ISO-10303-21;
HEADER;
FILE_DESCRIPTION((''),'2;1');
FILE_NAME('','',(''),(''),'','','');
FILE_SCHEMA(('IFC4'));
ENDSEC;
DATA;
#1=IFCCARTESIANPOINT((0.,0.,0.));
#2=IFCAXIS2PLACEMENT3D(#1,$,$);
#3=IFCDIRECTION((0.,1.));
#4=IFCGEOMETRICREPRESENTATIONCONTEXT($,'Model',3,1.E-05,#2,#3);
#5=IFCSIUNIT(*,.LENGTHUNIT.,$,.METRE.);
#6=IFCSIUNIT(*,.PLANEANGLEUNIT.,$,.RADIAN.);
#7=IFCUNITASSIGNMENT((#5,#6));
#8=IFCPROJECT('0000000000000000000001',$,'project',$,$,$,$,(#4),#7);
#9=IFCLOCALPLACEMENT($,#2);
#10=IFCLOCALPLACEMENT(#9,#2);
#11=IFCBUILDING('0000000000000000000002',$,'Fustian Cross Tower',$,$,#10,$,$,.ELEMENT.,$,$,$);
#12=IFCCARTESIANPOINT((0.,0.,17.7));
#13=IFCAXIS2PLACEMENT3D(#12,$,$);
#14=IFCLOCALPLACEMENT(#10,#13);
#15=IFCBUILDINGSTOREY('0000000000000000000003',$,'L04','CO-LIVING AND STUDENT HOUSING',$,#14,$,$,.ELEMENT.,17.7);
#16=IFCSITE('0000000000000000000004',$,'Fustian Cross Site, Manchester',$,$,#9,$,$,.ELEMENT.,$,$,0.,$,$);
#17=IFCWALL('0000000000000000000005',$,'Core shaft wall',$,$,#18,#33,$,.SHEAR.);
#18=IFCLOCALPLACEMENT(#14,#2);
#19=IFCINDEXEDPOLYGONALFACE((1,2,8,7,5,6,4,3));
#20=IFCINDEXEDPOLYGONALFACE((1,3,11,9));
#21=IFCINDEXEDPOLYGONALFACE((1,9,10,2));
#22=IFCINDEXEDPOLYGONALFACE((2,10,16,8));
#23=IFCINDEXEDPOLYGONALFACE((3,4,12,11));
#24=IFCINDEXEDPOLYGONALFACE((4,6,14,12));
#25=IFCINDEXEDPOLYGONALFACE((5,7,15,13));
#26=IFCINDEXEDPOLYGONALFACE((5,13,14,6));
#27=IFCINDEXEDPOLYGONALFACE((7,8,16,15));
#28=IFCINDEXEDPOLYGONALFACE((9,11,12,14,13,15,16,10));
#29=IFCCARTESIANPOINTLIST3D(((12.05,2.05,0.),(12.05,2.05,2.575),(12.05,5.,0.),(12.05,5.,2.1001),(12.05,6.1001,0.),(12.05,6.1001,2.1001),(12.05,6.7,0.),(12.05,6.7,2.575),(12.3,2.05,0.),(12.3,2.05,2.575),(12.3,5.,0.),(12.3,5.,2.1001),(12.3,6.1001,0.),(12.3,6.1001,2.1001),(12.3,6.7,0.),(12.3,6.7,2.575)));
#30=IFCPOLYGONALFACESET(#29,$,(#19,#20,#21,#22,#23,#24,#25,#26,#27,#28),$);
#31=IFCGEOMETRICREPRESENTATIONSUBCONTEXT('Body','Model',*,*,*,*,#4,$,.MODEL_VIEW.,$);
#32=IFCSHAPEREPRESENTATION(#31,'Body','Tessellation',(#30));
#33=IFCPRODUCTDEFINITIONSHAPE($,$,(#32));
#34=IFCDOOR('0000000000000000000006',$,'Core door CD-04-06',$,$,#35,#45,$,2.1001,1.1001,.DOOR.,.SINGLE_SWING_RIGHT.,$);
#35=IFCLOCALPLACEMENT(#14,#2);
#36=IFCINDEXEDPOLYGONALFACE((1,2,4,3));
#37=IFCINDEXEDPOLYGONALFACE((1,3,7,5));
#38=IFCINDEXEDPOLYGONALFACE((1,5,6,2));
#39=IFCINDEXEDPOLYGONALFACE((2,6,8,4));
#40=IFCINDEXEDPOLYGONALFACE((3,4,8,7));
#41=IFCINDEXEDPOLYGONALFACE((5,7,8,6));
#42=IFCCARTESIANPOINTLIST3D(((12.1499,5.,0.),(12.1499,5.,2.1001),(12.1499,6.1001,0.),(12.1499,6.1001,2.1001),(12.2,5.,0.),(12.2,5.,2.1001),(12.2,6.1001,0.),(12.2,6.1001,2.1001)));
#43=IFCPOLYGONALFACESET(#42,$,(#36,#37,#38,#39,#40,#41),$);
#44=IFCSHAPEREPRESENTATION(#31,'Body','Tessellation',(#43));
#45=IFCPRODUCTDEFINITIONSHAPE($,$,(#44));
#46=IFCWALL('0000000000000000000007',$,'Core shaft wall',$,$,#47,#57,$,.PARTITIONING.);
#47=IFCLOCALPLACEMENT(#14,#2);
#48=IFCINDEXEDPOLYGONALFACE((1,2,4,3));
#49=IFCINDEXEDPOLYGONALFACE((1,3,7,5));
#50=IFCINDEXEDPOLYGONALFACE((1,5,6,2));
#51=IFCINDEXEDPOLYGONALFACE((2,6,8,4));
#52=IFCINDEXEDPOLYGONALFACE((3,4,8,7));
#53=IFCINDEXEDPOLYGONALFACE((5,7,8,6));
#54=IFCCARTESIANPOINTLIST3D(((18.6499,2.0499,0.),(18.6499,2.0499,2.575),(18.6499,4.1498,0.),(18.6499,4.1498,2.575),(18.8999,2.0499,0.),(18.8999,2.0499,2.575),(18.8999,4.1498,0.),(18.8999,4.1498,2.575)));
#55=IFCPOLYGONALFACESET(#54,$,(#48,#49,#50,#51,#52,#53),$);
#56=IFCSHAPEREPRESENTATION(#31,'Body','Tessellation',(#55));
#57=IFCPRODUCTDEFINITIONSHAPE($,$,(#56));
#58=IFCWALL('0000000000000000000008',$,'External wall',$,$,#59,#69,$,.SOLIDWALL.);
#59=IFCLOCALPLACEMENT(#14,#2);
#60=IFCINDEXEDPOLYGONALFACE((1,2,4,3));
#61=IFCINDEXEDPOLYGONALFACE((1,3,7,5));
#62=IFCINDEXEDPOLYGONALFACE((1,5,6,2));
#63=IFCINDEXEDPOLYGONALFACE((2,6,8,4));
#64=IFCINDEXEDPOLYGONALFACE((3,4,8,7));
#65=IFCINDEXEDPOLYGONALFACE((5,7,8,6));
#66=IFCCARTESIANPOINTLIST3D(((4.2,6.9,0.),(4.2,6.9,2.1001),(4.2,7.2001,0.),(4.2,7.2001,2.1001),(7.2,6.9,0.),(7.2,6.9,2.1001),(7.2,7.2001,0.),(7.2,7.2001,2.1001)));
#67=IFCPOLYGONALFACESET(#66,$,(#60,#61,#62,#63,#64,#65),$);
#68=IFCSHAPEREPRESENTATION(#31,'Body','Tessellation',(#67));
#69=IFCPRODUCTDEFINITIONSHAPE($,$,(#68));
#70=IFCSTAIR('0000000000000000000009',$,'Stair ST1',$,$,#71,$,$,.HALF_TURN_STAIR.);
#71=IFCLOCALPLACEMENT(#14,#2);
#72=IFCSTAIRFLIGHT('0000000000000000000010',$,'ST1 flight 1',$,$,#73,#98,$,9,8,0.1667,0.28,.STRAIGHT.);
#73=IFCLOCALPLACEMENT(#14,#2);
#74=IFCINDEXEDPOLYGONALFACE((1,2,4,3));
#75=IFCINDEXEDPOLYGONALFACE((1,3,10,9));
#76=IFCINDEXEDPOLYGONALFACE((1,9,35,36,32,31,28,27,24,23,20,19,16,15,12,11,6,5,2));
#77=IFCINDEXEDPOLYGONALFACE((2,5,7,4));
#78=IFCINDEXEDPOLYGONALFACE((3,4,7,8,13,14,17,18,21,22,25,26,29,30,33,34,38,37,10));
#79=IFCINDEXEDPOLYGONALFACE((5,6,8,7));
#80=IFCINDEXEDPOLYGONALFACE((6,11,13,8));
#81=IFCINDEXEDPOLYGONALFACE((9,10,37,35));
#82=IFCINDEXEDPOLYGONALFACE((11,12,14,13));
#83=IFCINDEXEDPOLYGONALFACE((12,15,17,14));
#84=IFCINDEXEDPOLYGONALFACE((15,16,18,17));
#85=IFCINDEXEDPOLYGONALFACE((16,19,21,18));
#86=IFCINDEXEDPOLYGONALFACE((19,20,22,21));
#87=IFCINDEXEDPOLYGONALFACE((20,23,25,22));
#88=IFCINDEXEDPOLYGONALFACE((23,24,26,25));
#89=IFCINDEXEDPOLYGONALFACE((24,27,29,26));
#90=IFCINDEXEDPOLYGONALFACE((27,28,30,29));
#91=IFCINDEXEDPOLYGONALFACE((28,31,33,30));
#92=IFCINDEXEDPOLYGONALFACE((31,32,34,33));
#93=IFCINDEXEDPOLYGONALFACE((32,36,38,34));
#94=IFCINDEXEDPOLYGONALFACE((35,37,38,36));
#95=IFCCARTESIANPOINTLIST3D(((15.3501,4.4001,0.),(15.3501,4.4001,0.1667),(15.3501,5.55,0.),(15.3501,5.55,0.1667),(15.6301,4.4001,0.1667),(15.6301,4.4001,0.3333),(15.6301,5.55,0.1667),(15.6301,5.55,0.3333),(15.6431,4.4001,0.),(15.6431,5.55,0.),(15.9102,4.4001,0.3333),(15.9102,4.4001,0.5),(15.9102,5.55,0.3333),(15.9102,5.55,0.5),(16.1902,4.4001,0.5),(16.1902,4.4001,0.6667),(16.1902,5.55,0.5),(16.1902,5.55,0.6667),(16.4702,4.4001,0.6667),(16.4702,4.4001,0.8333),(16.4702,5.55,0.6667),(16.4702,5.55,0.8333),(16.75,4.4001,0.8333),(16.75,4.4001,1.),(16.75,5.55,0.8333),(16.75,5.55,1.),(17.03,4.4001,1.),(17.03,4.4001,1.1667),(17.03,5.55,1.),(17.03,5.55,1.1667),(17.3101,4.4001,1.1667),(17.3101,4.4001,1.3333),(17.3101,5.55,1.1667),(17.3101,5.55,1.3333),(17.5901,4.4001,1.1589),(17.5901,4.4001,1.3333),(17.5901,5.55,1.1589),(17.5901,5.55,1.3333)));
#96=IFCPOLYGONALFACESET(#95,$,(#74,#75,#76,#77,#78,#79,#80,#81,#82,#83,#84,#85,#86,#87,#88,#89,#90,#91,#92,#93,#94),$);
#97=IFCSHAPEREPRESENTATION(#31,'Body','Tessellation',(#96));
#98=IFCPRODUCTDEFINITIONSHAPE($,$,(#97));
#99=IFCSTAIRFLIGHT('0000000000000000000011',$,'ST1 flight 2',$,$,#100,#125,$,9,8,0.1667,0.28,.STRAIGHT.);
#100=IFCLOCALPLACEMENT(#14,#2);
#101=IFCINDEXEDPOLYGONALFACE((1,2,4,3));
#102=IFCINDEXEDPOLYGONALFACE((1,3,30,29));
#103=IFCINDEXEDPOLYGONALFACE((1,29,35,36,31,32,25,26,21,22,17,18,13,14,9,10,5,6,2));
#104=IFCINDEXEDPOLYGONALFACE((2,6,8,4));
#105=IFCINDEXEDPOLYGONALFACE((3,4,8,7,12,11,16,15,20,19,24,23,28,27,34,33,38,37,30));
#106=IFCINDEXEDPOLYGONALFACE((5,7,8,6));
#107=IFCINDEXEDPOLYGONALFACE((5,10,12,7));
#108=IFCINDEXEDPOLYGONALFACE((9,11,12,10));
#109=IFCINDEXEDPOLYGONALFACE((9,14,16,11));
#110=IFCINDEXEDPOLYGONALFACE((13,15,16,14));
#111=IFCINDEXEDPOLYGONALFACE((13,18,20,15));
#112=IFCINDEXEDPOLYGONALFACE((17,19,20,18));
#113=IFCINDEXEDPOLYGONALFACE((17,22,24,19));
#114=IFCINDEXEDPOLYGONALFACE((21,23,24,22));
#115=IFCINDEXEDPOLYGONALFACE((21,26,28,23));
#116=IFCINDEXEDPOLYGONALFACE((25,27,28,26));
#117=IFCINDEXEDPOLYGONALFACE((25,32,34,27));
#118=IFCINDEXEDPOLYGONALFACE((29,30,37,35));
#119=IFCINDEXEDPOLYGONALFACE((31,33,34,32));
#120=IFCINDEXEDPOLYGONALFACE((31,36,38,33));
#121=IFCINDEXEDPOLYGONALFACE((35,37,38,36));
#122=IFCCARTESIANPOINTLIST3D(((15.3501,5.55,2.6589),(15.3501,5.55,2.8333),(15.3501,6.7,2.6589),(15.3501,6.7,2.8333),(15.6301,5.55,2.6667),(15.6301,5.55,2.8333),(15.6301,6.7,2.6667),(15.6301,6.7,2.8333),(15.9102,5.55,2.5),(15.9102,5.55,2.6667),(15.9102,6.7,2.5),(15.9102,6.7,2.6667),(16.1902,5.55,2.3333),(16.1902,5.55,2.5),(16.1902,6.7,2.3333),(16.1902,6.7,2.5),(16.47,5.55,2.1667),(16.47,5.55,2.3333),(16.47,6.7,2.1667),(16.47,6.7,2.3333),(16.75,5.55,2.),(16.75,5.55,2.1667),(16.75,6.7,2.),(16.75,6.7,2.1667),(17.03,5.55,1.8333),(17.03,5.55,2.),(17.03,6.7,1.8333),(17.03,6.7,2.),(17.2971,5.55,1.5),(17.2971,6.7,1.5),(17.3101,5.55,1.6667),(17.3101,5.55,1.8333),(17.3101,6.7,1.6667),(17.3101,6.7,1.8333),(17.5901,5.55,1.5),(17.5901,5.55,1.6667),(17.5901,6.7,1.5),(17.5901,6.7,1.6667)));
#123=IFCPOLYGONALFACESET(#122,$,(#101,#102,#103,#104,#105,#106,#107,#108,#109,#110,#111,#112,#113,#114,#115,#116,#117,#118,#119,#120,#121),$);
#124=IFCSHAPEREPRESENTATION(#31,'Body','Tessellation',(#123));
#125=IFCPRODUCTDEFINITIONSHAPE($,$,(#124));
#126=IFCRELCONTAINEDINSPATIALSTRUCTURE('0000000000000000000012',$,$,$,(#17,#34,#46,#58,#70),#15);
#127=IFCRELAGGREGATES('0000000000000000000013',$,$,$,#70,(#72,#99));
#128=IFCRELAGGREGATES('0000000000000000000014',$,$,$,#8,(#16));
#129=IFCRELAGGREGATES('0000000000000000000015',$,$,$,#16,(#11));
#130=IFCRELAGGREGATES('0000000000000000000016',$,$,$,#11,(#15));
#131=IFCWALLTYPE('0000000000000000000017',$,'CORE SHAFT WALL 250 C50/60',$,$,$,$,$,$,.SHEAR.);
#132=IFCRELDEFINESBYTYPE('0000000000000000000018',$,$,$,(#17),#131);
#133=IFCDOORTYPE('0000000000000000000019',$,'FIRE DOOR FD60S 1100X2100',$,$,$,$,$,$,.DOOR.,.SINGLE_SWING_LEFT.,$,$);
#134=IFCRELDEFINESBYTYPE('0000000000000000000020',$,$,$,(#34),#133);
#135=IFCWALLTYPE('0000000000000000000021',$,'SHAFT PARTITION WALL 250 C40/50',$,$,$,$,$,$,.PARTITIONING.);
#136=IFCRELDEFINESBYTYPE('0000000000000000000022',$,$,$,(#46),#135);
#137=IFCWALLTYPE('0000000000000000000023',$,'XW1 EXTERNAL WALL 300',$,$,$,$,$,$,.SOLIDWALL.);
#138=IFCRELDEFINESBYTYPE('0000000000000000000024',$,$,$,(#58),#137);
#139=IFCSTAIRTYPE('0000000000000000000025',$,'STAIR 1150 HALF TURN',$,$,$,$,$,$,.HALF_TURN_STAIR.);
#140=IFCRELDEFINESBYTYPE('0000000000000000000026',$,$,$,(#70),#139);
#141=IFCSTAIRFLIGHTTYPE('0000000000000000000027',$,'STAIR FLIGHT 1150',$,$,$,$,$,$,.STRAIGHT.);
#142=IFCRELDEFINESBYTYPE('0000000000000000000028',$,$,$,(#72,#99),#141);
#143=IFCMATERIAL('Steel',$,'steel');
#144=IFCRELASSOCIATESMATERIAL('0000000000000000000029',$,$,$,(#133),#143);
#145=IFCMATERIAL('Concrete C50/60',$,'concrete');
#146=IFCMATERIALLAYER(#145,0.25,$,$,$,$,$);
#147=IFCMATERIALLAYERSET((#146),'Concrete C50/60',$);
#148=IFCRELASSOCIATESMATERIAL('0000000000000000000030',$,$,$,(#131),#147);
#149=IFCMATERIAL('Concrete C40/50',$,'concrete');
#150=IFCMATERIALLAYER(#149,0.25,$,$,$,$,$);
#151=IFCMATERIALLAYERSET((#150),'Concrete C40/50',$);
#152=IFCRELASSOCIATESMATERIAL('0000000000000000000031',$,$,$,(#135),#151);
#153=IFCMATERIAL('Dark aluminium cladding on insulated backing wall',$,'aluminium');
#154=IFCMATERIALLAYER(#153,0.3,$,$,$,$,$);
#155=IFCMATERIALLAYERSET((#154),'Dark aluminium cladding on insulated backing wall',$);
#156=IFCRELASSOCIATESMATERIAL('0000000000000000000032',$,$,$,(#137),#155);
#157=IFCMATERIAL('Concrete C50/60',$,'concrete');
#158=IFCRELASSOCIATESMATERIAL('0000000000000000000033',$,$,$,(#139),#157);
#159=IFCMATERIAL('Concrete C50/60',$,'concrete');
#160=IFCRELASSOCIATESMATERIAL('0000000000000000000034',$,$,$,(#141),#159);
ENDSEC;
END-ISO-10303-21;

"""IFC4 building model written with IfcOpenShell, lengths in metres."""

from ifc_helpers import new_model, si_unit, direction, frame, frame_2d, origin, place, context, subcontext, project, spatial, polyline, rectangle, outline, extrude, material, layer, layer_set, type_object, element, fill, aggregate, save


model = new_model("IFC4")

# Units and contexts
model_context = context("Model", 3, precision=1e-05, world=origin(), true_north=direction((0.0, 1.0)))
body_context = subcontext(model_context, "Body", "Model", "MODEL_VIEW")
ifc_project = project(units=[si_unit("LENGTHUNIT", "METRE"), si_unit("PLANEANGLEUNIT", "RADIAN")], contexts=[model_context])

# Site, building, storey
site_placement = place(None, origin())
site = spatial("IfcSite", under=ifc_project, at=site_placement, Name="Fustian Cross Site, Manchester", CompositionType="ELEMENT", RefElevation=0.0)
building_placement = place(site_placement, origin())
building = spatial("IfcBuilding", under=site, at=building_placement, Name="Fustian Cross Tower", CompositionType="ELEMENT")
storey_placement = place(building_placement, frame((0.0, 0.0, 17.7)))
storey = spatial("IfcBuildingStorey", under=building, at=storey_placement, Name="L04", Description="CO-LIVING AND STUDENT HOUSING", CompositionType="ELEMENT", Elevation=17.7)

# Shared definitions
ifc_material_1 = material(Name="Steel", Category="steel")
door_type_1 = type_object("IfcDoorType", Name="FIRE DOOR FD60S 1100X2100", OperationType="SINGLE_SWING_LEFT", PredefinedType="DOOR", material=ifc_material_1)

# Shared definitions
ifc_material_2 = material(Name="Concrete C50/60", Category="concrete")
ifc_layer_1 = layer(ifc_material_2, 0.25)
ifc_layer_set_1 = layer_set([ifc_layer_1], Name="Concrete C50/60")
wall_type_1 = type_object("IfcWallType", Name="CORE SHAFT WALL 250 C50/60", PredefinedType="SHEAR", material=ifc_layer_set_1)

# Wall, opening, door
wall_1_placement = place(storey_placement, frame((12.175, 2.05, 0.0), z_axis=(0.0, 0.0, 1.0), x_axis=(0.0, 1.0, 0.0)))
wall_1 = element("IfcWall", 1, at=wall_1_placement, inside=storey, type_object=wall_type_1, Name="Core shaft wall", PredefinedType="SHEAR", context=body_context, shape_type="SweptSolid", body=[
    extrude(rectangle(XDim=4.6499, YDim=0.25, at=frame_2d((2.325, 0.0))), origin(), (0.0, 0.0, 1.0), 2.575),
])
opening_1_placement = place(wall_1_placement, frame((2.95, 0.0, 0.0)))
opening_1 = element("IfcOpeningElement", 2, at=opening_1_placement, cuts=wall_1, PredefinedType="OPENING", context=body_context, shape_type="SweptSolid", body=[
    extrude(rectangle(XDim=1.1001, YDim=2.1001, at=frame_2d((0.55, 1.05))), frame((0.0, 0.135, 0.0), z_axis=(0.0, -1.0, 0.0), x_axis=(1.0, 0.0, 0.0)), (0.0, 0.0, 1.0), 0.27),
])
door_1_placement = place(opening_1_placement, frame((1.1001, 0.0, 0.0), z_axis=(0.0, 0.0, 1.0), x_axis=(-1.0, 0.0, 0.0)))
door_1 = element("IfcDoor", 3, at=door_1_placement, inside=storey, type_object=door_type_1, Name="Core door CD-04-06", OperationType="SINGLE_SWING_RIGHT", OverallHeight=2.1001, OverallWidth=1.1001, PredefinedType="DOOR", context=body_context, shape_type="SweptSolid", body=[
    extrude(rectangle(XDim=1.1001, YDim=2.1001, at=frame_2d((0.55, 1.05))), frame((0.0, 0.0249, 0.0), z_axis=(0.0, -1.0, 0.0), x_axis=(1.0, 0.0, 0.0)), (0.0, 0.0, 1.0), 0.05),
])
fill(opening_1, door_1)

# Walls
ifc_material_3 = material(Name="Concrete C40/50", Category="concrete")
ifc_layer_2 = layer(ifc_material_3, 0.25)
ifc_layer_set_2 = layer_set([ifc_layer_2], Name="Concrete C40/50")
wall_type_2 = type_object("IfcWallType", Name="SHAFT PARTITION WALL 250 C40/50", PredefinedType="PARTITIONING", material=ifc_layer_set_2)
wall_2_placement = place(storey_placement, frame((18.7749, 2.05, 0.0), z_axis=(0.0, 0.0, 1.0), x_axis=(0.0, 1.0, 0.0)))
element("IfcWall", 4, at=wall_2_placement, inside=storey, type_object=wall_type_2, Name="Core shaft wall", PredefinedType="PARTITIONING", context=body_context, shape_type="SweptSolid", body=[
    extrude(rectangle(XDim=2.0999, YDim=0.25, at=frame_2d((1.0498, 0.0))), origin(), (0.0, 0.0, 1.0), 2.575),
])
ifc_material_4 = material(Name="Dark aluminium cladding on insulated backing wall", Category="aluminium")
ifc_layer_3 = layer(ifc_material_4, 0.3)
ifc_layer_set_3 = layer_set([ifc_layer_3], Name="Dark aluminium cladding on insulated backing wall")
wall_type_3 = type_object("IfcWallType", Name="XW1 EXTERNAL WALL 300", PredefinedType="SOLIDWALL", material=ifc_layer_set_3)
wall_3_placement = place(storey_placement, frame((7.2, 7.05, 0.0), z_axis=(0.0, 0.0, 1.0), x_axis=(-1.0, 0.0, 0.0)))
element("IfcWall", 5, at=wall_3_placement, inside=storey, type_object=wall_type_3, Name="External wall", PredefinedType="SOLIDWALL", context=body_context, shape_type="SweptSolid", body=[
    extrude(rectangle(XDim=3.0, YDim=0.3, at=frame_2d((1.5, 0.0))), origin(), (0.0, 0.0, 1.0), 2.1001),
])

# Stair, stair flights
ifc_material_5 = material(Name="Concrete C50/60", Category="concrete")
stair_type = type_object("IfcStairType", Name="STAIR 1150 HALF TURN", PredefinedType="HALF_TURN_STAIR", material=ifc_material_5)
stair_placement = place(storey_placement, origin())
stair = element("IfcStair", 6, at=stair_placement, inside=storey, type_object=stair_type, Name="Stair ST1", PredefinedType="HALF_TURN_STAIR")
ifc_material_6 = material(Name="Concrete C50/60", Category="concrete")
stair_flight_type = type_object("IfcStairFlightType", Name="STAIR FLIGHT 1150", PredefinedType="STRAIGHT", material=ifc_material_6)
stair_flight_1_placement = place(storey_placement, frame((15.3501, 4.9751, 0.0), z_axis=(0.0, 0.0, 1.0), x_axis=(1.0, 0.0, 0.0)))
stair_flight_1 = element("IfcStairFlight", 7, at=stair_flight_1_placement, type_object=stair_flight_type, Name="ST1 flight 1", NumberOfRisers=9, NumberOfTreads=8, PredefinedType="STRAIGHT", RiserHeight=0.1667, TreadLength=0.28, context=body_context, shape_type="SweptSolid", body=[
    extrude(outline(polyline([(0.0, 0.0), (0.0, 0.1667), (0.28, 0.1667), (0.28, 0.3333), (0.5601, 0.3333), (0.5601, 0.5), (0.8401, 0.5), (0.8401, 0.6667), (1.1201, 0.6667), (1.1201, 0.8333), (1.3999, 0.8333), (1.3999, 1.0), (1.6799, 1.0), (1.6799, 1.1667), (1.96, 1.1667), (1.96, 1.3333), (2.24, 1.3333), (2.24, 1.5), (2.24, 1.1589), (0.293, 0.0), (0.0, 0.0)])), frame((0.0, 0.575, 0.0), z_axis=(0.0, -1.0, 0.0), x_axis=(1.0, 0.0, 0.0)), (0.0, 0.0, 1.0), 1.1499),
])
stair_flight_2_placement = place(storey_placement, frame((17.5901, 6.125, 1.5), z_axis=(0.0, 0.0, 1.0), x_axis=(-1.0, 0.0, 0.0)))
stair_flight_2 = element("IfcStairFlight", 8, at=stair_flight_2_placement, type_object=stair_flight_type, Name="ST1 flight 2", NumberOfRisers=9, NumberOfTreads=8, PredefinedType="STRAIGHT", RiserHeight=0.1667, TreadLength=0.28, context=body_context, shape_type="SweptSolid", body=[
    extrude(outline(polyline([(0.0, 0.0), (0.0, 0.1667), (0.28, 0.1667), (0.28, 0.3333), (0.5601, 0.3333), (0.5601, 0.5), (0.8401, 0.5), (0.8401, 0.6667), (1.1201, 0.6667), (1.1201, 0.8333), (1.3999, 0.8333), (1.3999, 1.0), (1.6799, 1.0), (1.6799, 1.1667), (1.96, 1.1667), (1.96, 1.3333), (2.24, 1.3333), (2.24, 1.5), (2.24, 1.1589), (0.293, 0.0), (0.0, 0.0)])), frame((0.0, 0.575, 0.0), z_axis=(0.0, -1.0, 0.0), x_axis=(1.0, 0.0, 0.0)), (0.0, 0.0, 1.0), 1.1499),
])
aggregate(stair, [stair_flight_1, stair_flight_2])

save(model, "model.ifc")
